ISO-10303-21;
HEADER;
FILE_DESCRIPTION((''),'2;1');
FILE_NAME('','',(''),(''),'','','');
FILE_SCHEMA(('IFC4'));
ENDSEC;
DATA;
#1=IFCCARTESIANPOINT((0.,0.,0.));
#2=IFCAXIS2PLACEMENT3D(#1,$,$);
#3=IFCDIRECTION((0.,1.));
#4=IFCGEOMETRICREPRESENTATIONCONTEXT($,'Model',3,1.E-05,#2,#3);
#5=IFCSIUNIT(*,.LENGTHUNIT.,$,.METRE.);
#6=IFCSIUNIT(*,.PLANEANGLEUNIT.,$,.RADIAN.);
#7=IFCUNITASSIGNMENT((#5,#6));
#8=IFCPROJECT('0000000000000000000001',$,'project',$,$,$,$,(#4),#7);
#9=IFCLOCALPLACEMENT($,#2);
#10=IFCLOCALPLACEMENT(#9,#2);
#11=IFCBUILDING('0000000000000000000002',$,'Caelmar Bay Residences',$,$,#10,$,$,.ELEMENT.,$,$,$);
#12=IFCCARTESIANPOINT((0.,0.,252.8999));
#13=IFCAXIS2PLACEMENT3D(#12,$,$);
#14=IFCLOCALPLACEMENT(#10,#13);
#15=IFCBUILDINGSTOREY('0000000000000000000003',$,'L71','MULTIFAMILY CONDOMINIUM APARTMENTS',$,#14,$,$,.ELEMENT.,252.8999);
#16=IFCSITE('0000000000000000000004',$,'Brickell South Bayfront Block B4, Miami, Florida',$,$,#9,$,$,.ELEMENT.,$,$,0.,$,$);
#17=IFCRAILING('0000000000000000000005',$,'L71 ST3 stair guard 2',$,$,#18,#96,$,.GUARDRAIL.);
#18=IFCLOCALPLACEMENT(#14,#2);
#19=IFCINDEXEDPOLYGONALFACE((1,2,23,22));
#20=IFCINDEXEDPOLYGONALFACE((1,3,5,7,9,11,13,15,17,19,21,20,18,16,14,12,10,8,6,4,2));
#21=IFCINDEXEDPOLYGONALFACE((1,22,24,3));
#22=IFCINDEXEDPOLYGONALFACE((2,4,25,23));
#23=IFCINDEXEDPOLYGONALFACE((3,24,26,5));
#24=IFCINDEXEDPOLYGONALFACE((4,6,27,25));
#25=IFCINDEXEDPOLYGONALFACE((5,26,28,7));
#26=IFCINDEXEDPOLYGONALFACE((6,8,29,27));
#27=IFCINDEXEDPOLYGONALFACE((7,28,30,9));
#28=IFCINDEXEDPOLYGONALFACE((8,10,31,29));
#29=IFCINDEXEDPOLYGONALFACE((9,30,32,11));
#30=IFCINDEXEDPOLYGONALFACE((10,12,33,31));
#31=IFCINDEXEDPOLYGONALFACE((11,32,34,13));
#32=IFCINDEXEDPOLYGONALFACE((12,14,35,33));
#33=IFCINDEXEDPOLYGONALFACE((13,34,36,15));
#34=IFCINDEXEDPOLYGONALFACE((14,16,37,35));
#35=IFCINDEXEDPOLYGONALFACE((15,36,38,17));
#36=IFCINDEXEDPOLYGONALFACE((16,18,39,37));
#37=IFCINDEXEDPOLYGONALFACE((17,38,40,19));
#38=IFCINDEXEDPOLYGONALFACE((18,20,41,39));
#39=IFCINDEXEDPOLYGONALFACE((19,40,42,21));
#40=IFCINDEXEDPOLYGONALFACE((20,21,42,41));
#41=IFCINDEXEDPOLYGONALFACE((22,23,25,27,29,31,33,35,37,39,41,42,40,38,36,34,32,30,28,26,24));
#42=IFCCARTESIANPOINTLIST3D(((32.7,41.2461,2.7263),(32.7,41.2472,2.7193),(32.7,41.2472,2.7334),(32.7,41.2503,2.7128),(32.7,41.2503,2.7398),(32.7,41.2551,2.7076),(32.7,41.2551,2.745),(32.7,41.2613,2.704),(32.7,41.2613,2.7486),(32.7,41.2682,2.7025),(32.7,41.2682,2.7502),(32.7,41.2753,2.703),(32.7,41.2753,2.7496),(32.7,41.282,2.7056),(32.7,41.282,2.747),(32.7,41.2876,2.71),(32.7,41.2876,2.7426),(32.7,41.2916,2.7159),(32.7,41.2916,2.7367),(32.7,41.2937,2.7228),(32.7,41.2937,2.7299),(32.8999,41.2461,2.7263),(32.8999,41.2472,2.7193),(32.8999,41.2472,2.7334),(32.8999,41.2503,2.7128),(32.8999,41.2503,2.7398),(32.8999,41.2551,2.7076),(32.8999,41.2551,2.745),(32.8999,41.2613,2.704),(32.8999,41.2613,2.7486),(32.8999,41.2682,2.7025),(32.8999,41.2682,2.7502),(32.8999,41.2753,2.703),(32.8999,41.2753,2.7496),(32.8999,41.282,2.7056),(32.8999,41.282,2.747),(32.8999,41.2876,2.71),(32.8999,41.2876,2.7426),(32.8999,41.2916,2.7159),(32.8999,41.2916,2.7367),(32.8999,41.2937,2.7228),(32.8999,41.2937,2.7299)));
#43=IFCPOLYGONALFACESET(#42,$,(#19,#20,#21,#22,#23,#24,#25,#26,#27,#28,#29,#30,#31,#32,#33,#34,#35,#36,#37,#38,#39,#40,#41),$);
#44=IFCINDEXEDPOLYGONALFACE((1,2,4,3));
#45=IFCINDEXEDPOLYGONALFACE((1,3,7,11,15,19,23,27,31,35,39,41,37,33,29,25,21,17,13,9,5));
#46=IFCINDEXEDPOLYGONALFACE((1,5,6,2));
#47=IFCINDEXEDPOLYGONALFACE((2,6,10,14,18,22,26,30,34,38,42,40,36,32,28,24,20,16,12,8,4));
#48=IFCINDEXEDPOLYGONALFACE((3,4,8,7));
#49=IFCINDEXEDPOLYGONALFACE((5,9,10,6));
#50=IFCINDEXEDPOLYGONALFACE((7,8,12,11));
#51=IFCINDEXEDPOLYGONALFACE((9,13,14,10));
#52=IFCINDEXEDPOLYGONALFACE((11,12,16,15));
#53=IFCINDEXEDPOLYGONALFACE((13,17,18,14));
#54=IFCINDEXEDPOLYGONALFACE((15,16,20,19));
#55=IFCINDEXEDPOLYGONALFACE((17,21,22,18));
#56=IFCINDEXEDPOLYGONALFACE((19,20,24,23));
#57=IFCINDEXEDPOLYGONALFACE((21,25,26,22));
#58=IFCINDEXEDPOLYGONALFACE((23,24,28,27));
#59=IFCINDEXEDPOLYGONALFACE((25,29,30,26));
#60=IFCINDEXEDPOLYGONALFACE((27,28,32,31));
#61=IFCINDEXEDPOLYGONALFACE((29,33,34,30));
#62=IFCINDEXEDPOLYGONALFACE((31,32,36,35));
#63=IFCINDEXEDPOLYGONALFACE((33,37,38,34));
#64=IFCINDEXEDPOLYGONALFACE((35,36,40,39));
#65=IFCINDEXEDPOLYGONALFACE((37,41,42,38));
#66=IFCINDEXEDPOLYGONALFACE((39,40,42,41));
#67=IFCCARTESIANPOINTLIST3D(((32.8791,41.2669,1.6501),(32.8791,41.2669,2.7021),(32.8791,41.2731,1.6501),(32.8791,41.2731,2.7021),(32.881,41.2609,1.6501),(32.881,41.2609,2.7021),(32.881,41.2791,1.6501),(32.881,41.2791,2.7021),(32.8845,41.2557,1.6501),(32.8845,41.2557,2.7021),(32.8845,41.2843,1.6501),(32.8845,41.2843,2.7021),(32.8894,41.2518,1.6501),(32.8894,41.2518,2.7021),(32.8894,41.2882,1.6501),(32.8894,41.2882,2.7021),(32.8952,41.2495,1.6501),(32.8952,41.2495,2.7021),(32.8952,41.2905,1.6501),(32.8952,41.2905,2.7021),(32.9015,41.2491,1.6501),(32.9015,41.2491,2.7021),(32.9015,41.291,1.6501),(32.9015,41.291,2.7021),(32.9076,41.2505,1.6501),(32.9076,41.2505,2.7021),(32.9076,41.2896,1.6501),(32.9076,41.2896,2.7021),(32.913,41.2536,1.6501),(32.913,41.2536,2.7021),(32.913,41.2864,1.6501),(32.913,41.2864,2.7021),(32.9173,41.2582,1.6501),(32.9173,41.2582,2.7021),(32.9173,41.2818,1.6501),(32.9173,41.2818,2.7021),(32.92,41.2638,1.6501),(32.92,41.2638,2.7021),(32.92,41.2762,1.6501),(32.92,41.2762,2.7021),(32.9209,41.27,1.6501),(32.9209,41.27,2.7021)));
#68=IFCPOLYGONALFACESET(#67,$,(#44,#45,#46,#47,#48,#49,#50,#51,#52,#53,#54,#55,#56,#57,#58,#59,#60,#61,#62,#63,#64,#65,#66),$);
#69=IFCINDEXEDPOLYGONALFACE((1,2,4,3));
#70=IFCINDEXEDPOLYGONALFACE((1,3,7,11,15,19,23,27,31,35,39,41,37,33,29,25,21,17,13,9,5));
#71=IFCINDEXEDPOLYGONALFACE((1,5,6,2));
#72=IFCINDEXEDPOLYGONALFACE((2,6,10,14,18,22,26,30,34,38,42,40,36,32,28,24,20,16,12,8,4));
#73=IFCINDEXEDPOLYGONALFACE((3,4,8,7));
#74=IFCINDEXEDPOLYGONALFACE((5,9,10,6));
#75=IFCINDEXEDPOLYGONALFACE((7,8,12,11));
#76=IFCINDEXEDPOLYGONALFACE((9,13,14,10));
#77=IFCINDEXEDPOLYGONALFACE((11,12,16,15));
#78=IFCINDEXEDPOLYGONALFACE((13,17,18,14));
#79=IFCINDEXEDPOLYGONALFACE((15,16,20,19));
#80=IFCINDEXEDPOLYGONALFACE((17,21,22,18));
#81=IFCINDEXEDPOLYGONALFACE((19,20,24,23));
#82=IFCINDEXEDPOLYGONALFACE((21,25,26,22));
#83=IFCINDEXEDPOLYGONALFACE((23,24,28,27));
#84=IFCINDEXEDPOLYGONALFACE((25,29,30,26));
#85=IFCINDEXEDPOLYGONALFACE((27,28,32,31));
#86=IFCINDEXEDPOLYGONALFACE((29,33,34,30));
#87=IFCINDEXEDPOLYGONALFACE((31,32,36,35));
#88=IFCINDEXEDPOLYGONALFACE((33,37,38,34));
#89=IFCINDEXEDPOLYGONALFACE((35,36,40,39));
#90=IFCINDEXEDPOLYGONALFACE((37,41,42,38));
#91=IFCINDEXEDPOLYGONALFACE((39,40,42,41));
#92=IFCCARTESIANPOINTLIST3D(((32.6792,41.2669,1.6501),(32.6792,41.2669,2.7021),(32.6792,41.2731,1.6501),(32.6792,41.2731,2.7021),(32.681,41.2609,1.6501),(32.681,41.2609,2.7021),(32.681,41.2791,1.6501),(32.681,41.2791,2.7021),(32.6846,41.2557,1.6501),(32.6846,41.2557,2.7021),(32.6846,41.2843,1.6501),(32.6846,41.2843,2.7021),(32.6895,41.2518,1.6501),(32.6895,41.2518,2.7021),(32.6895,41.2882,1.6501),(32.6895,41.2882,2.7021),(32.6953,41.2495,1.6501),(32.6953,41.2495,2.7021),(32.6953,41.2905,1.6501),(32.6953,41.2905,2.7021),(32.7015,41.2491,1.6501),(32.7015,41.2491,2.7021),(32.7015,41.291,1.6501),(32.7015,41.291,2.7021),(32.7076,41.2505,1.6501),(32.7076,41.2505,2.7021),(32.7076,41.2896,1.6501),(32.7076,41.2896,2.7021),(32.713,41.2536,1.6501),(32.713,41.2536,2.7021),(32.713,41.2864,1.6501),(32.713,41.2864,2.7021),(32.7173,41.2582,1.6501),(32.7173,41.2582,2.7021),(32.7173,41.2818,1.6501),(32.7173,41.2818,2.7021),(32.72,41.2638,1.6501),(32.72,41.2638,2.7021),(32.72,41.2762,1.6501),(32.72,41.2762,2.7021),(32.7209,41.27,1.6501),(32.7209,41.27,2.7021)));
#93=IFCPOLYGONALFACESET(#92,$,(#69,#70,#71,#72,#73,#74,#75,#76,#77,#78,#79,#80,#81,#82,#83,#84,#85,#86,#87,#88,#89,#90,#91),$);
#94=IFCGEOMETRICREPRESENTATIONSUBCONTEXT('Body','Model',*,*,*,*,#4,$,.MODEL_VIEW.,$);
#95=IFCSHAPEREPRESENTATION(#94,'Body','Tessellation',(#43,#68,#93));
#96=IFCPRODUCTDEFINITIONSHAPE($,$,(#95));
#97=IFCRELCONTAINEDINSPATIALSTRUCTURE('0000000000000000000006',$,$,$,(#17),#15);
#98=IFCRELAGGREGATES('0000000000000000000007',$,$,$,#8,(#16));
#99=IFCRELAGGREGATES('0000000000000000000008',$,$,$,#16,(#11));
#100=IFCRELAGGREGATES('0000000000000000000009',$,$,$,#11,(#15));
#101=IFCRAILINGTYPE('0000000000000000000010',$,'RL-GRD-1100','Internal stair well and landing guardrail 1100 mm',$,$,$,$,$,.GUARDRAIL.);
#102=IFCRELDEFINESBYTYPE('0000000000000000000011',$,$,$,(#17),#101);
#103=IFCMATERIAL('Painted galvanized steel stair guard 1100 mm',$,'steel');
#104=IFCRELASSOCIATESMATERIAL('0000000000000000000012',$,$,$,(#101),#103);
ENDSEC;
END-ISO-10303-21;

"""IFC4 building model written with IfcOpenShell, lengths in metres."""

from ifc_helpers import new_model, si_unit, direction, frame, origin, origin_2d, place, context, subcontext, project, spatial, circle, extrude, material, type_object, element, save


model = new_model("IFC4")

# Units and contexts
model_context = context("Model", 3, precision=1e-05, world=origin(), true_north=direction((0.0, 1.0)))
body_context = subcontext(model_context, "Body", "Model", "MODEL_VIEW")
ifc_project = project(units=[si_unit("LENGTHUNIT", "METRE"), si_unit("PLANEANGLEUNIT", "RADIAN")], contexts=[model_context])

# Site, building, storey
site_placement = place(None, origin())
site = spatial("IfcSite", under=ifc_project, at=site_placement, Name="Brickell South Bayfront Block B4, Miami, Florida", CompositionType="ELEMENT", RefElevation=0.0)
building_placement = place(site_placement, origin())
building = spatial("IfcBuilding", under=site, at=building_placement, Name="Caelmar Bay Residences", CompositionType="ELEMENT")
storey_placement = place(building_placement, frame((0.0, 0.0, 252.8999)))
storey = spatial("IfcBuildingStorey", under=building, at=storey_placement, Name="L71", Description="MULTIFAMILY CONDOMINIUM APARTMENTS", CompositionType="ELEMENT", Elevation=252.8999)

# Railing
ifc_material_1 = material(Name="Painted galvanized steel stair guard 1100 mm", Category="steel")
railing_type_1 = type_object("IfcRailingType", Name="RL-GRD-1100", Description="Internal stair well and landing guardrail 1100 mm", PredefinedType="GUARDRAIL", material=ifc_material_1)
railing_1_placement = place(storey_placement, frame((32.8999, 41.27, 1.6501)))
element("IfcRailing", 1, at=railing_1_placement, inside=storey, type_object=railing_type_1, Name="L71 ST3 stair guard 2", PredefinedType="GUARDRAIL", context=body_context, shape_type="SweptSolid", body=[
    extrude(circle(Radius=0.0239, at=origin_2d()), frame((0.0, 0.0, 1.0762), z_axis=(-1.0, 0.0, 0.0), x_axis=(0.0, -1.0, 0.0)), (0.0, 0.0, 1.0), 0.2),
    extrude(circle(Radius=0.021, at=origin_2d()), origin(), (0.0, 0.0, 1.0), 1.052),
    extrude(circle(Radius=0.021, at=origin_2d()), frame((-0.2, 0.0, 0.0)), (0.0, 0.0, 1.0), 1.052),
])

save(model, "model.ifc")
